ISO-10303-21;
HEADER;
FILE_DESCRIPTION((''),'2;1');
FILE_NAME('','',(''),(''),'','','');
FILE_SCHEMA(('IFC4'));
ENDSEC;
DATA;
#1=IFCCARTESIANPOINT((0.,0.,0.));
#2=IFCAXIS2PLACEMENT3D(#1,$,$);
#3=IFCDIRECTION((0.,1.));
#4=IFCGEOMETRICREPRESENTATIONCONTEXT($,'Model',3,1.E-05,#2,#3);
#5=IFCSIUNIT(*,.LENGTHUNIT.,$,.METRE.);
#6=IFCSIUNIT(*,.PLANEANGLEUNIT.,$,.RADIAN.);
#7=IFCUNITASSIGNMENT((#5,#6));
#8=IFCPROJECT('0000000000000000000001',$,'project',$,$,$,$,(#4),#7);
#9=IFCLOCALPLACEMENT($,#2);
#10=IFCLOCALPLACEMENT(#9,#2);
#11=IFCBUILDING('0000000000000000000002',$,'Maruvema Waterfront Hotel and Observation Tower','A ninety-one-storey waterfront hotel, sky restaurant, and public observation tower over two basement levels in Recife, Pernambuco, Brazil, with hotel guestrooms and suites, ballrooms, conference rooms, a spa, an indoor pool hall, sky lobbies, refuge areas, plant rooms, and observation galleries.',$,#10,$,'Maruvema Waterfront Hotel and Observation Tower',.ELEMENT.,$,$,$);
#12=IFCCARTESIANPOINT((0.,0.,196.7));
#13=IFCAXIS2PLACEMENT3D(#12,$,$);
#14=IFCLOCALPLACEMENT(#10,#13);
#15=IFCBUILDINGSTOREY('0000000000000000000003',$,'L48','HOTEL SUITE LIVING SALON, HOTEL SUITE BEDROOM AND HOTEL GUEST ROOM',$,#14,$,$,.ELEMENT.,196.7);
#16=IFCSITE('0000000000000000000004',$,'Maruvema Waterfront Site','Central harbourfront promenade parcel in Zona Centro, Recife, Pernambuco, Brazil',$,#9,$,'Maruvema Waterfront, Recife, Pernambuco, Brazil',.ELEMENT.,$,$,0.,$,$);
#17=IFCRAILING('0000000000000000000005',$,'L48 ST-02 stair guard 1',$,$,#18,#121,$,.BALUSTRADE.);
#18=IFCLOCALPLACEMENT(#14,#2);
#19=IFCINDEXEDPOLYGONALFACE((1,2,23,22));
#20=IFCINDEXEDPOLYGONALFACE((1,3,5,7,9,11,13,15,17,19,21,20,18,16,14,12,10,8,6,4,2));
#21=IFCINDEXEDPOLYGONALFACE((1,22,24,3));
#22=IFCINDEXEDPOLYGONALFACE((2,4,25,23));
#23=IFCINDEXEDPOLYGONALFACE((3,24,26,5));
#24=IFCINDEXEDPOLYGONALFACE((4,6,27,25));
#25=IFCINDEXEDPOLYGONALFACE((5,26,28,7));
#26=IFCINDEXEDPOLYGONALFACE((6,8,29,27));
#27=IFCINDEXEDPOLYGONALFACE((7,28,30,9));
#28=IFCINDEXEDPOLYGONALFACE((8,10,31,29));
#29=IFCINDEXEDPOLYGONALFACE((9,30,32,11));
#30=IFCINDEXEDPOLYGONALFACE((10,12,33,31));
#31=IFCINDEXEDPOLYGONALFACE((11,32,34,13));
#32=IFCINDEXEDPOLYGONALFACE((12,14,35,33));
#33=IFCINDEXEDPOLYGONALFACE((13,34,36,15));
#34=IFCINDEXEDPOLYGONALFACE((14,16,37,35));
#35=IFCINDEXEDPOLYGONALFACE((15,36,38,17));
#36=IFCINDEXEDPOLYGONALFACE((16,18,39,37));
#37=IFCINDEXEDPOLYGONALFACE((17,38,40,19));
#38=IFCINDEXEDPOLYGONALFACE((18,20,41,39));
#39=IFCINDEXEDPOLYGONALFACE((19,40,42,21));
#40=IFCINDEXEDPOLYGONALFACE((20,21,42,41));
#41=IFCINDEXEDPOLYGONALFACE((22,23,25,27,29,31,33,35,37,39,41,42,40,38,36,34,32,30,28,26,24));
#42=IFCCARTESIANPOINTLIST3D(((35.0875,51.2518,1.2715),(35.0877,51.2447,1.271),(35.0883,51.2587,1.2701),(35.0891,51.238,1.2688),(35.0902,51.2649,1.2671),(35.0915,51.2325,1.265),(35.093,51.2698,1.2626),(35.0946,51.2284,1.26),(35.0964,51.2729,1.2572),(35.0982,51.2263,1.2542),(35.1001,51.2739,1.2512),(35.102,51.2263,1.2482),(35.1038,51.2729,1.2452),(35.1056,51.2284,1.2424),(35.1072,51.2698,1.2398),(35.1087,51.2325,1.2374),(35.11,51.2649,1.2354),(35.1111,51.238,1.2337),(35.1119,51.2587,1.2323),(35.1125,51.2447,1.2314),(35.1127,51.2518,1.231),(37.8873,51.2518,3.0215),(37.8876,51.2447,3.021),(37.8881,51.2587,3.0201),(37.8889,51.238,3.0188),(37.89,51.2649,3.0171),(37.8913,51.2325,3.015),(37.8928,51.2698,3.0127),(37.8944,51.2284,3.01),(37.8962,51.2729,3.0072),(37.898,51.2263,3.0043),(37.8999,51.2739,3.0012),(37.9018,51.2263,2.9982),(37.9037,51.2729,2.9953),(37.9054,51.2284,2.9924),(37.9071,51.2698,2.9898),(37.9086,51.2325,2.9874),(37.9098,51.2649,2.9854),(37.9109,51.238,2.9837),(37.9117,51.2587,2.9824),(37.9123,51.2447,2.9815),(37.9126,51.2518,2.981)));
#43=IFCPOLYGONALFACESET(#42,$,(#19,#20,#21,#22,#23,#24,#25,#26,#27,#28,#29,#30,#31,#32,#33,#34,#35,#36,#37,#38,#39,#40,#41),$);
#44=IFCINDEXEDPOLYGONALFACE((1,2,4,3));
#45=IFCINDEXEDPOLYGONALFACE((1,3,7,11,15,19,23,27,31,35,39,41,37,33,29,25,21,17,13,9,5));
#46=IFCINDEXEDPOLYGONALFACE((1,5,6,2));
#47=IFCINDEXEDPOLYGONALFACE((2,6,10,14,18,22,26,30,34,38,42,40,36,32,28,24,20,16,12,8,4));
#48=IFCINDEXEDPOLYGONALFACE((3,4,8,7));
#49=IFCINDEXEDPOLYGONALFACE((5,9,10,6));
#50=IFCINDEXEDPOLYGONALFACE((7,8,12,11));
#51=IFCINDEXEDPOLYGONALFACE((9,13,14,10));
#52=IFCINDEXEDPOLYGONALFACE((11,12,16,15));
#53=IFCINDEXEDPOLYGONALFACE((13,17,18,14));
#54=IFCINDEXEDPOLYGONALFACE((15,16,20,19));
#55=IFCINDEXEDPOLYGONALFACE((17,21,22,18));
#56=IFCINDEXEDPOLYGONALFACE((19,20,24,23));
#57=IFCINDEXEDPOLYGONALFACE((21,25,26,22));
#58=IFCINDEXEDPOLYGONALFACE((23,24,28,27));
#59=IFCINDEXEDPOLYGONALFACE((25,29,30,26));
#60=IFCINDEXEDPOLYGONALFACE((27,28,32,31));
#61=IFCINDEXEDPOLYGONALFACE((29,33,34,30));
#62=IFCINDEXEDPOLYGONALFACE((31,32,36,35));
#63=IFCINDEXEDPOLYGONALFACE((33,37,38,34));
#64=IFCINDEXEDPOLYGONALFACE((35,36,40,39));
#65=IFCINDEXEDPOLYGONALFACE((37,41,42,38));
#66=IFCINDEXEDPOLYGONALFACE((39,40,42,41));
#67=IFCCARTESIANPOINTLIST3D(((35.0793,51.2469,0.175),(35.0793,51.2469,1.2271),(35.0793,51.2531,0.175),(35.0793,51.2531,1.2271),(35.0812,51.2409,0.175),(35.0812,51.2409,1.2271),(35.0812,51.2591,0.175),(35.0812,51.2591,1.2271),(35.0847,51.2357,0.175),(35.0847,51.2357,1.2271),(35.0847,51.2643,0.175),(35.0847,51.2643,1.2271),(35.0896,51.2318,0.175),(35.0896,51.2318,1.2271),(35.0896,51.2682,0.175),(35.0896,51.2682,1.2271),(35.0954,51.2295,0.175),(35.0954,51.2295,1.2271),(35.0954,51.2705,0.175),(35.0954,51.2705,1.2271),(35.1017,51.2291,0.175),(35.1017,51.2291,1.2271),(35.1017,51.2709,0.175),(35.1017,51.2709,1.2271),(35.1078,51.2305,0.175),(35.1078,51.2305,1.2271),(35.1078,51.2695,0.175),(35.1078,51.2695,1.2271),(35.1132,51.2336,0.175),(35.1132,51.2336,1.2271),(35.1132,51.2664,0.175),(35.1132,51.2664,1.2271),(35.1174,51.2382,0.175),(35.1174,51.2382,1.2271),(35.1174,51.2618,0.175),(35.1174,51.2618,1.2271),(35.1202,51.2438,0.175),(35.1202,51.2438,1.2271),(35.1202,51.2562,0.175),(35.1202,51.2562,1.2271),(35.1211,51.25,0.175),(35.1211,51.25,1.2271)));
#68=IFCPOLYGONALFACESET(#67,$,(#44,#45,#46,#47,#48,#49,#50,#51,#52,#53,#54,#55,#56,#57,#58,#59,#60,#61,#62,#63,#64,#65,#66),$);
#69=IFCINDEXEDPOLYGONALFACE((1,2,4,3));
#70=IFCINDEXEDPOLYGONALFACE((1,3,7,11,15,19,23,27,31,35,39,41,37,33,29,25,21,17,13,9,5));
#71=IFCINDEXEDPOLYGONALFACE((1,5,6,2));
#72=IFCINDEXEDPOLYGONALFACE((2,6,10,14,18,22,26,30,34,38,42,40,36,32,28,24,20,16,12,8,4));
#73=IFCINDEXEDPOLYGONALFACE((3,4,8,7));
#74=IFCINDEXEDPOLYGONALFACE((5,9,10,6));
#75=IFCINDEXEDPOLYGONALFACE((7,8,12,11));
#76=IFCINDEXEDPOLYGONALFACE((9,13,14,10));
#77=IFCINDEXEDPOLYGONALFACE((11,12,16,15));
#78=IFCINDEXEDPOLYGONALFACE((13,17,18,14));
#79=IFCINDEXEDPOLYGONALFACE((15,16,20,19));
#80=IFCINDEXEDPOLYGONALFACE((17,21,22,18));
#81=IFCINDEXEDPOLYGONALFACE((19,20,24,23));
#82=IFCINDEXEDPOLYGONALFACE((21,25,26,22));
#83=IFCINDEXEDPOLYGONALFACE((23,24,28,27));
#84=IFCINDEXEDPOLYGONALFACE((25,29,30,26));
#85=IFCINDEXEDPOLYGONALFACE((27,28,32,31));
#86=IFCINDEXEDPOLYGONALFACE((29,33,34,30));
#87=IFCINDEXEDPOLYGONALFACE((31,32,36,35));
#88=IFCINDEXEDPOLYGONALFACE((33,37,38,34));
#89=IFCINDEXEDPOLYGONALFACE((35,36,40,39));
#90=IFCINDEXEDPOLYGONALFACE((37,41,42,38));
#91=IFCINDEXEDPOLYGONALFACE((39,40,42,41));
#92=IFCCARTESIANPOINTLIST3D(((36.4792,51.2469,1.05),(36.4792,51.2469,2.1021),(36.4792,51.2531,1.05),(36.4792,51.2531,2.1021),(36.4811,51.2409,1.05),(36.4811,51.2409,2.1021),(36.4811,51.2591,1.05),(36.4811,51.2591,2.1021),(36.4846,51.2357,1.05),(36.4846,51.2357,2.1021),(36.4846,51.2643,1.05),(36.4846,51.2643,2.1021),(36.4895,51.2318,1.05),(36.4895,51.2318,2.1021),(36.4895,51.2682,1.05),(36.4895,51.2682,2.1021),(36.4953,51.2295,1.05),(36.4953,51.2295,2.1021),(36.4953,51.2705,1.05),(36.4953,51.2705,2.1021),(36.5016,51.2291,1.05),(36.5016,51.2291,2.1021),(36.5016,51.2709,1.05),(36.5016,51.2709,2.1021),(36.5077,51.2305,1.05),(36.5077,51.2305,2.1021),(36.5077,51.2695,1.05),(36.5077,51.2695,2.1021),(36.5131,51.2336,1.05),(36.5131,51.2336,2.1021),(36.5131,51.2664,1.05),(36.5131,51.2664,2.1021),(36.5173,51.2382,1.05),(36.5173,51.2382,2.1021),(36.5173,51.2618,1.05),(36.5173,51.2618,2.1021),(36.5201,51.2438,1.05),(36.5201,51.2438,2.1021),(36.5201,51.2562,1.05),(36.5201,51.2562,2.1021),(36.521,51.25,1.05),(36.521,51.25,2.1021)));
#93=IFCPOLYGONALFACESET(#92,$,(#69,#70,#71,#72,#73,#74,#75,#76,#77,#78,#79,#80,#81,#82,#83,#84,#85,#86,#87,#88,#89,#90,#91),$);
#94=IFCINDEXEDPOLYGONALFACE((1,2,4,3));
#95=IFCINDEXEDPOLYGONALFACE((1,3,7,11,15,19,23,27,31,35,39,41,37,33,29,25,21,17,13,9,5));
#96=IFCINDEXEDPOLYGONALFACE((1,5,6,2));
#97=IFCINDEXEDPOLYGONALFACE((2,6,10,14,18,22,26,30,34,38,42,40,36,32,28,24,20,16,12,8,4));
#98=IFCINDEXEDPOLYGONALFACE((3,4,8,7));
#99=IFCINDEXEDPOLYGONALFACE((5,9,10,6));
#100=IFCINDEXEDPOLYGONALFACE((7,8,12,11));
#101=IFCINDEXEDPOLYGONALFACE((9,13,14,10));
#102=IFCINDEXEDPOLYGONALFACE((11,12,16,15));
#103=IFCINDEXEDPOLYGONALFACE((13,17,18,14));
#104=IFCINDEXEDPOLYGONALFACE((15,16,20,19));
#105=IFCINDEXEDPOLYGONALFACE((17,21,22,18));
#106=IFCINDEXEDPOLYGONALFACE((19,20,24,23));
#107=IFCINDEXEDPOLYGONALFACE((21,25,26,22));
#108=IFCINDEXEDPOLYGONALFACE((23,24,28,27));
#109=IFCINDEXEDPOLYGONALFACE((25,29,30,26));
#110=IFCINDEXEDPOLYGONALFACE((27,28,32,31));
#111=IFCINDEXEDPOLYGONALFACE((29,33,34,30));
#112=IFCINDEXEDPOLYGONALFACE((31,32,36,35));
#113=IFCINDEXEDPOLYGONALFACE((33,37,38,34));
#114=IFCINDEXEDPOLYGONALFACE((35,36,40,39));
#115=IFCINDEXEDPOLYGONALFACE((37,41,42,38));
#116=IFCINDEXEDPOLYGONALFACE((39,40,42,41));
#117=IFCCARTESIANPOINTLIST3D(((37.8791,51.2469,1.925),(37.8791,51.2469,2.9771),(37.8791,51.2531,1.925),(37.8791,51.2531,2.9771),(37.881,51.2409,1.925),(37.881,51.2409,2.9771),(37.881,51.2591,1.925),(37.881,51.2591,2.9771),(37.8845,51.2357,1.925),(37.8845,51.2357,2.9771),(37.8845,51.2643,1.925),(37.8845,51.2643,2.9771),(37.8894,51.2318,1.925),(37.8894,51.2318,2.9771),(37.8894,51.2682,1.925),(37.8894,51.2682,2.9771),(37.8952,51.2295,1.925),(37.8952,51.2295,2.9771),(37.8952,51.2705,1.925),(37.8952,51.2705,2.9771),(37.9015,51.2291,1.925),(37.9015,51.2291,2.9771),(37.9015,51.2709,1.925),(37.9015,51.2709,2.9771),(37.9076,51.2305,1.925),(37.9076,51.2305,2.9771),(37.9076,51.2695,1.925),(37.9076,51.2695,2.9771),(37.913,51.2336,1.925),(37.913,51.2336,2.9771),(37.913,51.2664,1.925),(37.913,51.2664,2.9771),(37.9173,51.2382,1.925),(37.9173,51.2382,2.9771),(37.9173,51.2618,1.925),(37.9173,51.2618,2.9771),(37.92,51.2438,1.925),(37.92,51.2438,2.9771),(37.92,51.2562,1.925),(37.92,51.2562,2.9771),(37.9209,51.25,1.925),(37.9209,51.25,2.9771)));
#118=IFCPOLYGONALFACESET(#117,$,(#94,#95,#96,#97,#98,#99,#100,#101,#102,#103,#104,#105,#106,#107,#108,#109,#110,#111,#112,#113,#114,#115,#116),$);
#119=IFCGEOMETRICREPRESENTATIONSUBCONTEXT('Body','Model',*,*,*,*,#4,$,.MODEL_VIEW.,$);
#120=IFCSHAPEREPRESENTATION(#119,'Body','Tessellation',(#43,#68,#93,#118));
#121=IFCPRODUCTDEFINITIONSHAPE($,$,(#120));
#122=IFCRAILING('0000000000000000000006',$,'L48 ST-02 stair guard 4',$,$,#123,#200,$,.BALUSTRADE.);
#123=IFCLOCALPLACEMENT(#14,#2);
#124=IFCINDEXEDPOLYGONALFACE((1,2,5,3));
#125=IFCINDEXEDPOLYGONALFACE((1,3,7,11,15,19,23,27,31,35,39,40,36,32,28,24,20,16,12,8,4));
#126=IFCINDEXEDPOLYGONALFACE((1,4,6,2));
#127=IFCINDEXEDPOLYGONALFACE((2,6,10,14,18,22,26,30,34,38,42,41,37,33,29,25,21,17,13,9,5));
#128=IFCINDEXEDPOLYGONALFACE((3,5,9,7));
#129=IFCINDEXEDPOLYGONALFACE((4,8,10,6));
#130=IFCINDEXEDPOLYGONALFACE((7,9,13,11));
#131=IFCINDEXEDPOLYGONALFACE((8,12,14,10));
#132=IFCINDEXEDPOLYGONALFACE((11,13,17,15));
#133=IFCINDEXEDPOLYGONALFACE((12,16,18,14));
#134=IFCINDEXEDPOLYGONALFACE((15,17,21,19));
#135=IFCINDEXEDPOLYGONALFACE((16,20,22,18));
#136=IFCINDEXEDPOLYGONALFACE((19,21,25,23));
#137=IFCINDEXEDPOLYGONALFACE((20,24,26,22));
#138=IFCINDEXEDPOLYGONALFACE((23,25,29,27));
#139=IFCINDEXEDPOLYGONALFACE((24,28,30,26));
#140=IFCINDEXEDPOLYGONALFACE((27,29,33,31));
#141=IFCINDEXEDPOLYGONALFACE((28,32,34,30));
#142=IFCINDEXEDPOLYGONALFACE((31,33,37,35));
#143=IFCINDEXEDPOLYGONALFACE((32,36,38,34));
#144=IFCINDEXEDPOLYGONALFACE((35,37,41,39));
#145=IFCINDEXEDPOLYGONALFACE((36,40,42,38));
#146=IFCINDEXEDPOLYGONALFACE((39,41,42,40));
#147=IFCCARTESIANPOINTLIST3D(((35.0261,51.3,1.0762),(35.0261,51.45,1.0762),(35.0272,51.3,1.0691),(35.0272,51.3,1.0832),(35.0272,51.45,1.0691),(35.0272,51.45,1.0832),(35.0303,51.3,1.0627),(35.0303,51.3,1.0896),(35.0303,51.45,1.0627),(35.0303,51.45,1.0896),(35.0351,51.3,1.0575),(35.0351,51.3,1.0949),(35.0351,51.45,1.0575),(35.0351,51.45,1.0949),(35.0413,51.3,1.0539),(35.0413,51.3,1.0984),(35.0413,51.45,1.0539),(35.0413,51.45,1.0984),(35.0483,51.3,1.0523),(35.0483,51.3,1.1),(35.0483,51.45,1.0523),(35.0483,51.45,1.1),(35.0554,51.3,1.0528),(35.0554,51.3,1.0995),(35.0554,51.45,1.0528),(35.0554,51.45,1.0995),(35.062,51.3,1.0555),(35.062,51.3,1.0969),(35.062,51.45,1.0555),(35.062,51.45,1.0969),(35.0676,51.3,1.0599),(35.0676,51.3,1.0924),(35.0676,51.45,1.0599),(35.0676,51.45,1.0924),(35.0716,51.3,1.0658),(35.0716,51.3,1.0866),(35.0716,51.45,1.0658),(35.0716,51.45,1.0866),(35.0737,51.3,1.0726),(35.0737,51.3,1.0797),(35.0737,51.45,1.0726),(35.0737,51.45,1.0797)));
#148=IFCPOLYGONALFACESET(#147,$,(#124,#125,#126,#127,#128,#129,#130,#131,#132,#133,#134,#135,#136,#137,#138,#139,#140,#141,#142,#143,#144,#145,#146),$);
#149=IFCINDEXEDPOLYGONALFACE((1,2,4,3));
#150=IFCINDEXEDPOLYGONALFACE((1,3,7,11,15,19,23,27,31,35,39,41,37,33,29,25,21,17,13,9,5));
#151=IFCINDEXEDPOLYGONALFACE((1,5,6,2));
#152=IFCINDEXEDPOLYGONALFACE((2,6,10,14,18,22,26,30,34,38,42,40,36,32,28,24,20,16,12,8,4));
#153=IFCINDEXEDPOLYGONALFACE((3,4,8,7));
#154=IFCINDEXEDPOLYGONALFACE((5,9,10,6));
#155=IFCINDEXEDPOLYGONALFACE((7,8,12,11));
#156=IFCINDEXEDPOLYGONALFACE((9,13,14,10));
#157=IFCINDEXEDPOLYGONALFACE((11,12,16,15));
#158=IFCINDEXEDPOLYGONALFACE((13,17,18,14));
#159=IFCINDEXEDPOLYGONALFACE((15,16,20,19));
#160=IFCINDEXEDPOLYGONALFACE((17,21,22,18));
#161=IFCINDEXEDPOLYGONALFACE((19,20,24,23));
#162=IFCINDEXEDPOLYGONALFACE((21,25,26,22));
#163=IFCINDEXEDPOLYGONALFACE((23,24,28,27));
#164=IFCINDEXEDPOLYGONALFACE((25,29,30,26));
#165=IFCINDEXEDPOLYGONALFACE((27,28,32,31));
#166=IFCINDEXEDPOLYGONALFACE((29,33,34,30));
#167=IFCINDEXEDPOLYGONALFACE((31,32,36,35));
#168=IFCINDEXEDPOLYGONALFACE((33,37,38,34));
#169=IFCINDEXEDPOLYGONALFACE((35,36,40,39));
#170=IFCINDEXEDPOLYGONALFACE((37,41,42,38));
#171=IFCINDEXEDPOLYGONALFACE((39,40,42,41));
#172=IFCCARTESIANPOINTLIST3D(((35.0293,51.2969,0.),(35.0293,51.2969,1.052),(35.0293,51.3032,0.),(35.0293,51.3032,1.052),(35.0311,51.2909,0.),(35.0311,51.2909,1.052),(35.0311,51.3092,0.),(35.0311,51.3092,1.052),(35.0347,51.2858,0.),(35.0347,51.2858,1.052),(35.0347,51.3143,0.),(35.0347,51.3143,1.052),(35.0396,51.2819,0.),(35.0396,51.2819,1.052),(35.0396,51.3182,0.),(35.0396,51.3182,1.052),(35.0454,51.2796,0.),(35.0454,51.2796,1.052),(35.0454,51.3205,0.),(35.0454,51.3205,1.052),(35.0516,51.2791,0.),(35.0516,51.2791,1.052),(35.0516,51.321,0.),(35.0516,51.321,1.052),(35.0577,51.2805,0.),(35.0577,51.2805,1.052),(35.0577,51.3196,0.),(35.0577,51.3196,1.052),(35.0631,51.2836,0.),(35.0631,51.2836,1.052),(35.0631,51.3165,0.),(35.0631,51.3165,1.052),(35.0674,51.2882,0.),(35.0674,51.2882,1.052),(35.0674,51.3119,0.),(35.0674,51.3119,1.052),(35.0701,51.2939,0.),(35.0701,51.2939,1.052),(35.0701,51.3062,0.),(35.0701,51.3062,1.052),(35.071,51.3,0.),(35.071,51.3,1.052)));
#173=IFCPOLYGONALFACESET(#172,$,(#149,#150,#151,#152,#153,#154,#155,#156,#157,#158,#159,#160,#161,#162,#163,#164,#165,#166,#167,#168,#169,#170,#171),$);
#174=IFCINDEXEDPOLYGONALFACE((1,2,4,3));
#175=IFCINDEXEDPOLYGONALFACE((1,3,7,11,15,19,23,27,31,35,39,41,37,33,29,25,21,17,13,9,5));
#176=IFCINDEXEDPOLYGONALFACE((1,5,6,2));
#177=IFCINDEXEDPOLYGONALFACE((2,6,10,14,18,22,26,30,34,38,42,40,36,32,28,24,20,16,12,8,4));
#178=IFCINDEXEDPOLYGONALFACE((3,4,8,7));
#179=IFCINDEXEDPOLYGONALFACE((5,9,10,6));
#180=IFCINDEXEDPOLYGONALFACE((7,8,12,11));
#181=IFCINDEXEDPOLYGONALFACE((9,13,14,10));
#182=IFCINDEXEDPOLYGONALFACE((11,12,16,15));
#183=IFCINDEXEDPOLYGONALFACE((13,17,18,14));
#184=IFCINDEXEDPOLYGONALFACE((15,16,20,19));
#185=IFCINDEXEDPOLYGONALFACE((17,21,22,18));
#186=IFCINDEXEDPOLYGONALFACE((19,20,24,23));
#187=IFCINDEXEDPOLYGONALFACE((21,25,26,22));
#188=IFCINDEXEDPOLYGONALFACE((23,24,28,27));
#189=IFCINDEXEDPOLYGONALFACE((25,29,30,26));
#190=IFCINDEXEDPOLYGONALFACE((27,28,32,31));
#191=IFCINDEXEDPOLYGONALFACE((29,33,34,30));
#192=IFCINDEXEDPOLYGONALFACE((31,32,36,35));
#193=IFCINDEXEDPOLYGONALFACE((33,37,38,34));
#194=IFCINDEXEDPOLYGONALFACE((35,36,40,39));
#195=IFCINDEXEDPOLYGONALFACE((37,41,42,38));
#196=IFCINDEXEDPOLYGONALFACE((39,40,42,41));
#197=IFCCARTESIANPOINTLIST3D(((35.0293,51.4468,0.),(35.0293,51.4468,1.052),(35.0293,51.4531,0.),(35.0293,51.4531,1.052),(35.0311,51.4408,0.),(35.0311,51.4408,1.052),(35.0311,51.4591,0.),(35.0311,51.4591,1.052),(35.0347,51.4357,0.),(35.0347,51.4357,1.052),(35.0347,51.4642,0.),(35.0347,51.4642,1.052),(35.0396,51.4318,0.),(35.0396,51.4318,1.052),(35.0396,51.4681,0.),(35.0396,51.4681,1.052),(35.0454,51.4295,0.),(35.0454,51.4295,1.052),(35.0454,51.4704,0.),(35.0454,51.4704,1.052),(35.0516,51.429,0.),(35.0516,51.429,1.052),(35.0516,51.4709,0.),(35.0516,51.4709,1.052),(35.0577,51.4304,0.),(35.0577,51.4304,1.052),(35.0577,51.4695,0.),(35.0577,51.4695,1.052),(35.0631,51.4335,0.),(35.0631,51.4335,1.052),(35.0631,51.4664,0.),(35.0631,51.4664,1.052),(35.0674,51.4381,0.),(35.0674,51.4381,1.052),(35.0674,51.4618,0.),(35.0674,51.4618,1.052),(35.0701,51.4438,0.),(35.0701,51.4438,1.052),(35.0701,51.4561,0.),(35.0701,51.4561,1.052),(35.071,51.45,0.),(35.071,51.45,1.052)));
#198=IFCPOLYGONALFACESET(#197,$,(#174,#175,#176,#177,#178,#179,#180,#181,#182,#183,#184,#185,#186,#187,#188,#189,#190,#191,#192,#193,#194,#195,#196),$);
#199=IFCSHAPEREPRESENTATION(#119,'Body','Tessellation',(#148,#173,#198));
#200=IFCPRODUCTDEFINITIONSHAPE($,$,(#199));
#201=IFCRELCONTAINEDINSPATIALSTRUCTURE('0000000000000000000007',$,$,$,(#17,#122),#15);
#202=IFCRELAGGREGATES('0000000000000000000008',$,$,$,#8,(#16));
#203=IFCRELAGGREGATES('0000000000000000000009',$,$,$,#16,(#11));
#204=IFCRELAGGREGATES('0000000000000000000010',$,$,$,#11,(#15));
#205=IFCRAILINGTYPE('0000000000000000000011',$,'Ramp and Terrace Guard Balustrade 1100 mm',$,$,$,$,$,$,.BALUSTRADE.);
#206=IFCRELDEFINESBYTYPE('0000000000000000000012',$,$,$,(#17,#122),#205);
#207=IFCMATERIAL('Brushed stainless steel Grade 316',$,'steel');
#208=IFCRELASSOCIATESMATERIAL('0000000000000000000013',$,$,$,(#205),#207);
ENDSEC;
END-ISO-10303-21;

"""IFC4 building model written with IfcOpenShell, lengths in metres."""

from ifc_helpers import new_model, si_unit, direction, frame, origin, origin_2d, place, context, subcontext, project, spatial, circle, extrude, material, type_object, element, save


model = new_model("IFC4")

# Units and contexts
model_context = context("Model", 3, precision=1e-05, world=origin(), true_north=direction((0.0, 1.0)))
body_context = subcontext(model_context, "Body", "Model", "MODEL_VIEW")
ifc_project = project(units=[si_unit("LENGTHUNIT", "METRE"), si_unit("PLANEANGLEUNIT", "RADIAN")], contexts=[model_context])

# Site, building, storey
site_placement = place(None, origin())
site = spatial("IfcSite", under=ifc_project, at=site_placement, Name="Maruvema Waterfront Site", Description="Central harbourfront promenade parcel in Zona Centro, Recife, Pernambuco, Brazil", LongName="Maruvema Waterfront, Recife, Pernambuco, Brazil", CompositionType="ELEMENT", RefElevation=0.0)
building_placement = place(site_placement, origin())
building = spatial("IfcBuilding", under=site, at=building_placement, Name="Maruvema Waterfront Hotel and Observation Tower", Description="A ninety-one-storey waterfront hotel, sky restaurant, and public observation tower over two basement levels in Recife, Pernambuco, Brazil, with hotel guestrooms and suites, ballrooms, conference rooms, a spa, an indoor pool hall, sky lobbies, refuge areas, plant rooms, and observation galleries.", LongName="Maruvema Waterfront Hotel and Observation Tower", CompositionType="ELEMENT")
storey_placement = place(building_placement, frame((0.0, 0.0, 196.7)))
storey = spatial("IfcBuildingStorey", under=building, at=storey_placement, Name="L48", Description="HOTEL SUITE LIVING SALON, HOTEL SUITE BEDROOM AND HOTEL GUEST ROOM", CompositionType="ELEMENT", Elevation=196.7)

# Railings
ifc_material_1 = material(Name="Brushed stainless steel Grade 316", Category="steel")
railing_type_1 = type_object("IfcRailingType", Name="Ramp and Terrace Guard Balustrade 1100 mm", PredefinedType="BALUSTRADE", material=ifc_material_1)
railing_1_placement = place(storey_placement, frame((35.1001, 51.25, 0.175)))
element("IfcRailing", 1, at=railing_1_placement, inside=storey, type_object=railing_type_1, Name="L48 ST-02 stair guard 1", PredefinedType="BALUSTRADE", context=body_context, shape_type="SweptSolid", body=[
    extrude(circle(Radius=0.0239, at=origin_2d()), frame((0.0, 0.0, 1.0762), z_axis=(0.847982, 0.0, 0.530026), x_axis=(0.0, 1.0, 0.0)), (0.0, 0.0, 1.0), 3.3018),
    extrude(circle(Radius=0.021, at=origin_2d()), origin(), (0.0, 0.0, 1.0), 1.052),
    extrude(circle(Radius=0.021, at=origin_2d()), frame((1.3999, 0.0, 0.875)), (0.0, 0.0, 1.0), 1.052),
    extrude(circle(Radius=0.021, at=origin_2d()), frame((2.7998, 0.0, 1.75)), (0.0, 0.0, 1.0), 1.052),
])
railing_2_placement = place(storey_placement, frame((35.05, 51.3, 0.0)))
element("IfcRailing", 2, at=railing_2_placement, inside=storey, type_object=railing_type_1, Name="L48 ST-02 stair guard 4", PredefinedType="BALUSTRADE", context=body_context, shape_type="SweptSolid", body=[
    extrude(circle(Radius=0.0239, at=origin_2d()), frame((0.0, 0.0, 1.0762), z_axis=(0.0, 1.0, 0.0), x_axis=(-1.0, 0.0, 0.0)), (0.0, 0.0, 1.0), 0.1499),
    extrude(circle(Radius=0.021, at=origin_2d()), origin(), (0.0, 0.0, 1.0), 1.052),
    extrude(circle(Radius=0.021, at=origin_2d()), frame((0.0, 0.1499, 0.0)), (0.0, 0.0, 1.0), 1.052),
])

save(model, "model.ifc")
